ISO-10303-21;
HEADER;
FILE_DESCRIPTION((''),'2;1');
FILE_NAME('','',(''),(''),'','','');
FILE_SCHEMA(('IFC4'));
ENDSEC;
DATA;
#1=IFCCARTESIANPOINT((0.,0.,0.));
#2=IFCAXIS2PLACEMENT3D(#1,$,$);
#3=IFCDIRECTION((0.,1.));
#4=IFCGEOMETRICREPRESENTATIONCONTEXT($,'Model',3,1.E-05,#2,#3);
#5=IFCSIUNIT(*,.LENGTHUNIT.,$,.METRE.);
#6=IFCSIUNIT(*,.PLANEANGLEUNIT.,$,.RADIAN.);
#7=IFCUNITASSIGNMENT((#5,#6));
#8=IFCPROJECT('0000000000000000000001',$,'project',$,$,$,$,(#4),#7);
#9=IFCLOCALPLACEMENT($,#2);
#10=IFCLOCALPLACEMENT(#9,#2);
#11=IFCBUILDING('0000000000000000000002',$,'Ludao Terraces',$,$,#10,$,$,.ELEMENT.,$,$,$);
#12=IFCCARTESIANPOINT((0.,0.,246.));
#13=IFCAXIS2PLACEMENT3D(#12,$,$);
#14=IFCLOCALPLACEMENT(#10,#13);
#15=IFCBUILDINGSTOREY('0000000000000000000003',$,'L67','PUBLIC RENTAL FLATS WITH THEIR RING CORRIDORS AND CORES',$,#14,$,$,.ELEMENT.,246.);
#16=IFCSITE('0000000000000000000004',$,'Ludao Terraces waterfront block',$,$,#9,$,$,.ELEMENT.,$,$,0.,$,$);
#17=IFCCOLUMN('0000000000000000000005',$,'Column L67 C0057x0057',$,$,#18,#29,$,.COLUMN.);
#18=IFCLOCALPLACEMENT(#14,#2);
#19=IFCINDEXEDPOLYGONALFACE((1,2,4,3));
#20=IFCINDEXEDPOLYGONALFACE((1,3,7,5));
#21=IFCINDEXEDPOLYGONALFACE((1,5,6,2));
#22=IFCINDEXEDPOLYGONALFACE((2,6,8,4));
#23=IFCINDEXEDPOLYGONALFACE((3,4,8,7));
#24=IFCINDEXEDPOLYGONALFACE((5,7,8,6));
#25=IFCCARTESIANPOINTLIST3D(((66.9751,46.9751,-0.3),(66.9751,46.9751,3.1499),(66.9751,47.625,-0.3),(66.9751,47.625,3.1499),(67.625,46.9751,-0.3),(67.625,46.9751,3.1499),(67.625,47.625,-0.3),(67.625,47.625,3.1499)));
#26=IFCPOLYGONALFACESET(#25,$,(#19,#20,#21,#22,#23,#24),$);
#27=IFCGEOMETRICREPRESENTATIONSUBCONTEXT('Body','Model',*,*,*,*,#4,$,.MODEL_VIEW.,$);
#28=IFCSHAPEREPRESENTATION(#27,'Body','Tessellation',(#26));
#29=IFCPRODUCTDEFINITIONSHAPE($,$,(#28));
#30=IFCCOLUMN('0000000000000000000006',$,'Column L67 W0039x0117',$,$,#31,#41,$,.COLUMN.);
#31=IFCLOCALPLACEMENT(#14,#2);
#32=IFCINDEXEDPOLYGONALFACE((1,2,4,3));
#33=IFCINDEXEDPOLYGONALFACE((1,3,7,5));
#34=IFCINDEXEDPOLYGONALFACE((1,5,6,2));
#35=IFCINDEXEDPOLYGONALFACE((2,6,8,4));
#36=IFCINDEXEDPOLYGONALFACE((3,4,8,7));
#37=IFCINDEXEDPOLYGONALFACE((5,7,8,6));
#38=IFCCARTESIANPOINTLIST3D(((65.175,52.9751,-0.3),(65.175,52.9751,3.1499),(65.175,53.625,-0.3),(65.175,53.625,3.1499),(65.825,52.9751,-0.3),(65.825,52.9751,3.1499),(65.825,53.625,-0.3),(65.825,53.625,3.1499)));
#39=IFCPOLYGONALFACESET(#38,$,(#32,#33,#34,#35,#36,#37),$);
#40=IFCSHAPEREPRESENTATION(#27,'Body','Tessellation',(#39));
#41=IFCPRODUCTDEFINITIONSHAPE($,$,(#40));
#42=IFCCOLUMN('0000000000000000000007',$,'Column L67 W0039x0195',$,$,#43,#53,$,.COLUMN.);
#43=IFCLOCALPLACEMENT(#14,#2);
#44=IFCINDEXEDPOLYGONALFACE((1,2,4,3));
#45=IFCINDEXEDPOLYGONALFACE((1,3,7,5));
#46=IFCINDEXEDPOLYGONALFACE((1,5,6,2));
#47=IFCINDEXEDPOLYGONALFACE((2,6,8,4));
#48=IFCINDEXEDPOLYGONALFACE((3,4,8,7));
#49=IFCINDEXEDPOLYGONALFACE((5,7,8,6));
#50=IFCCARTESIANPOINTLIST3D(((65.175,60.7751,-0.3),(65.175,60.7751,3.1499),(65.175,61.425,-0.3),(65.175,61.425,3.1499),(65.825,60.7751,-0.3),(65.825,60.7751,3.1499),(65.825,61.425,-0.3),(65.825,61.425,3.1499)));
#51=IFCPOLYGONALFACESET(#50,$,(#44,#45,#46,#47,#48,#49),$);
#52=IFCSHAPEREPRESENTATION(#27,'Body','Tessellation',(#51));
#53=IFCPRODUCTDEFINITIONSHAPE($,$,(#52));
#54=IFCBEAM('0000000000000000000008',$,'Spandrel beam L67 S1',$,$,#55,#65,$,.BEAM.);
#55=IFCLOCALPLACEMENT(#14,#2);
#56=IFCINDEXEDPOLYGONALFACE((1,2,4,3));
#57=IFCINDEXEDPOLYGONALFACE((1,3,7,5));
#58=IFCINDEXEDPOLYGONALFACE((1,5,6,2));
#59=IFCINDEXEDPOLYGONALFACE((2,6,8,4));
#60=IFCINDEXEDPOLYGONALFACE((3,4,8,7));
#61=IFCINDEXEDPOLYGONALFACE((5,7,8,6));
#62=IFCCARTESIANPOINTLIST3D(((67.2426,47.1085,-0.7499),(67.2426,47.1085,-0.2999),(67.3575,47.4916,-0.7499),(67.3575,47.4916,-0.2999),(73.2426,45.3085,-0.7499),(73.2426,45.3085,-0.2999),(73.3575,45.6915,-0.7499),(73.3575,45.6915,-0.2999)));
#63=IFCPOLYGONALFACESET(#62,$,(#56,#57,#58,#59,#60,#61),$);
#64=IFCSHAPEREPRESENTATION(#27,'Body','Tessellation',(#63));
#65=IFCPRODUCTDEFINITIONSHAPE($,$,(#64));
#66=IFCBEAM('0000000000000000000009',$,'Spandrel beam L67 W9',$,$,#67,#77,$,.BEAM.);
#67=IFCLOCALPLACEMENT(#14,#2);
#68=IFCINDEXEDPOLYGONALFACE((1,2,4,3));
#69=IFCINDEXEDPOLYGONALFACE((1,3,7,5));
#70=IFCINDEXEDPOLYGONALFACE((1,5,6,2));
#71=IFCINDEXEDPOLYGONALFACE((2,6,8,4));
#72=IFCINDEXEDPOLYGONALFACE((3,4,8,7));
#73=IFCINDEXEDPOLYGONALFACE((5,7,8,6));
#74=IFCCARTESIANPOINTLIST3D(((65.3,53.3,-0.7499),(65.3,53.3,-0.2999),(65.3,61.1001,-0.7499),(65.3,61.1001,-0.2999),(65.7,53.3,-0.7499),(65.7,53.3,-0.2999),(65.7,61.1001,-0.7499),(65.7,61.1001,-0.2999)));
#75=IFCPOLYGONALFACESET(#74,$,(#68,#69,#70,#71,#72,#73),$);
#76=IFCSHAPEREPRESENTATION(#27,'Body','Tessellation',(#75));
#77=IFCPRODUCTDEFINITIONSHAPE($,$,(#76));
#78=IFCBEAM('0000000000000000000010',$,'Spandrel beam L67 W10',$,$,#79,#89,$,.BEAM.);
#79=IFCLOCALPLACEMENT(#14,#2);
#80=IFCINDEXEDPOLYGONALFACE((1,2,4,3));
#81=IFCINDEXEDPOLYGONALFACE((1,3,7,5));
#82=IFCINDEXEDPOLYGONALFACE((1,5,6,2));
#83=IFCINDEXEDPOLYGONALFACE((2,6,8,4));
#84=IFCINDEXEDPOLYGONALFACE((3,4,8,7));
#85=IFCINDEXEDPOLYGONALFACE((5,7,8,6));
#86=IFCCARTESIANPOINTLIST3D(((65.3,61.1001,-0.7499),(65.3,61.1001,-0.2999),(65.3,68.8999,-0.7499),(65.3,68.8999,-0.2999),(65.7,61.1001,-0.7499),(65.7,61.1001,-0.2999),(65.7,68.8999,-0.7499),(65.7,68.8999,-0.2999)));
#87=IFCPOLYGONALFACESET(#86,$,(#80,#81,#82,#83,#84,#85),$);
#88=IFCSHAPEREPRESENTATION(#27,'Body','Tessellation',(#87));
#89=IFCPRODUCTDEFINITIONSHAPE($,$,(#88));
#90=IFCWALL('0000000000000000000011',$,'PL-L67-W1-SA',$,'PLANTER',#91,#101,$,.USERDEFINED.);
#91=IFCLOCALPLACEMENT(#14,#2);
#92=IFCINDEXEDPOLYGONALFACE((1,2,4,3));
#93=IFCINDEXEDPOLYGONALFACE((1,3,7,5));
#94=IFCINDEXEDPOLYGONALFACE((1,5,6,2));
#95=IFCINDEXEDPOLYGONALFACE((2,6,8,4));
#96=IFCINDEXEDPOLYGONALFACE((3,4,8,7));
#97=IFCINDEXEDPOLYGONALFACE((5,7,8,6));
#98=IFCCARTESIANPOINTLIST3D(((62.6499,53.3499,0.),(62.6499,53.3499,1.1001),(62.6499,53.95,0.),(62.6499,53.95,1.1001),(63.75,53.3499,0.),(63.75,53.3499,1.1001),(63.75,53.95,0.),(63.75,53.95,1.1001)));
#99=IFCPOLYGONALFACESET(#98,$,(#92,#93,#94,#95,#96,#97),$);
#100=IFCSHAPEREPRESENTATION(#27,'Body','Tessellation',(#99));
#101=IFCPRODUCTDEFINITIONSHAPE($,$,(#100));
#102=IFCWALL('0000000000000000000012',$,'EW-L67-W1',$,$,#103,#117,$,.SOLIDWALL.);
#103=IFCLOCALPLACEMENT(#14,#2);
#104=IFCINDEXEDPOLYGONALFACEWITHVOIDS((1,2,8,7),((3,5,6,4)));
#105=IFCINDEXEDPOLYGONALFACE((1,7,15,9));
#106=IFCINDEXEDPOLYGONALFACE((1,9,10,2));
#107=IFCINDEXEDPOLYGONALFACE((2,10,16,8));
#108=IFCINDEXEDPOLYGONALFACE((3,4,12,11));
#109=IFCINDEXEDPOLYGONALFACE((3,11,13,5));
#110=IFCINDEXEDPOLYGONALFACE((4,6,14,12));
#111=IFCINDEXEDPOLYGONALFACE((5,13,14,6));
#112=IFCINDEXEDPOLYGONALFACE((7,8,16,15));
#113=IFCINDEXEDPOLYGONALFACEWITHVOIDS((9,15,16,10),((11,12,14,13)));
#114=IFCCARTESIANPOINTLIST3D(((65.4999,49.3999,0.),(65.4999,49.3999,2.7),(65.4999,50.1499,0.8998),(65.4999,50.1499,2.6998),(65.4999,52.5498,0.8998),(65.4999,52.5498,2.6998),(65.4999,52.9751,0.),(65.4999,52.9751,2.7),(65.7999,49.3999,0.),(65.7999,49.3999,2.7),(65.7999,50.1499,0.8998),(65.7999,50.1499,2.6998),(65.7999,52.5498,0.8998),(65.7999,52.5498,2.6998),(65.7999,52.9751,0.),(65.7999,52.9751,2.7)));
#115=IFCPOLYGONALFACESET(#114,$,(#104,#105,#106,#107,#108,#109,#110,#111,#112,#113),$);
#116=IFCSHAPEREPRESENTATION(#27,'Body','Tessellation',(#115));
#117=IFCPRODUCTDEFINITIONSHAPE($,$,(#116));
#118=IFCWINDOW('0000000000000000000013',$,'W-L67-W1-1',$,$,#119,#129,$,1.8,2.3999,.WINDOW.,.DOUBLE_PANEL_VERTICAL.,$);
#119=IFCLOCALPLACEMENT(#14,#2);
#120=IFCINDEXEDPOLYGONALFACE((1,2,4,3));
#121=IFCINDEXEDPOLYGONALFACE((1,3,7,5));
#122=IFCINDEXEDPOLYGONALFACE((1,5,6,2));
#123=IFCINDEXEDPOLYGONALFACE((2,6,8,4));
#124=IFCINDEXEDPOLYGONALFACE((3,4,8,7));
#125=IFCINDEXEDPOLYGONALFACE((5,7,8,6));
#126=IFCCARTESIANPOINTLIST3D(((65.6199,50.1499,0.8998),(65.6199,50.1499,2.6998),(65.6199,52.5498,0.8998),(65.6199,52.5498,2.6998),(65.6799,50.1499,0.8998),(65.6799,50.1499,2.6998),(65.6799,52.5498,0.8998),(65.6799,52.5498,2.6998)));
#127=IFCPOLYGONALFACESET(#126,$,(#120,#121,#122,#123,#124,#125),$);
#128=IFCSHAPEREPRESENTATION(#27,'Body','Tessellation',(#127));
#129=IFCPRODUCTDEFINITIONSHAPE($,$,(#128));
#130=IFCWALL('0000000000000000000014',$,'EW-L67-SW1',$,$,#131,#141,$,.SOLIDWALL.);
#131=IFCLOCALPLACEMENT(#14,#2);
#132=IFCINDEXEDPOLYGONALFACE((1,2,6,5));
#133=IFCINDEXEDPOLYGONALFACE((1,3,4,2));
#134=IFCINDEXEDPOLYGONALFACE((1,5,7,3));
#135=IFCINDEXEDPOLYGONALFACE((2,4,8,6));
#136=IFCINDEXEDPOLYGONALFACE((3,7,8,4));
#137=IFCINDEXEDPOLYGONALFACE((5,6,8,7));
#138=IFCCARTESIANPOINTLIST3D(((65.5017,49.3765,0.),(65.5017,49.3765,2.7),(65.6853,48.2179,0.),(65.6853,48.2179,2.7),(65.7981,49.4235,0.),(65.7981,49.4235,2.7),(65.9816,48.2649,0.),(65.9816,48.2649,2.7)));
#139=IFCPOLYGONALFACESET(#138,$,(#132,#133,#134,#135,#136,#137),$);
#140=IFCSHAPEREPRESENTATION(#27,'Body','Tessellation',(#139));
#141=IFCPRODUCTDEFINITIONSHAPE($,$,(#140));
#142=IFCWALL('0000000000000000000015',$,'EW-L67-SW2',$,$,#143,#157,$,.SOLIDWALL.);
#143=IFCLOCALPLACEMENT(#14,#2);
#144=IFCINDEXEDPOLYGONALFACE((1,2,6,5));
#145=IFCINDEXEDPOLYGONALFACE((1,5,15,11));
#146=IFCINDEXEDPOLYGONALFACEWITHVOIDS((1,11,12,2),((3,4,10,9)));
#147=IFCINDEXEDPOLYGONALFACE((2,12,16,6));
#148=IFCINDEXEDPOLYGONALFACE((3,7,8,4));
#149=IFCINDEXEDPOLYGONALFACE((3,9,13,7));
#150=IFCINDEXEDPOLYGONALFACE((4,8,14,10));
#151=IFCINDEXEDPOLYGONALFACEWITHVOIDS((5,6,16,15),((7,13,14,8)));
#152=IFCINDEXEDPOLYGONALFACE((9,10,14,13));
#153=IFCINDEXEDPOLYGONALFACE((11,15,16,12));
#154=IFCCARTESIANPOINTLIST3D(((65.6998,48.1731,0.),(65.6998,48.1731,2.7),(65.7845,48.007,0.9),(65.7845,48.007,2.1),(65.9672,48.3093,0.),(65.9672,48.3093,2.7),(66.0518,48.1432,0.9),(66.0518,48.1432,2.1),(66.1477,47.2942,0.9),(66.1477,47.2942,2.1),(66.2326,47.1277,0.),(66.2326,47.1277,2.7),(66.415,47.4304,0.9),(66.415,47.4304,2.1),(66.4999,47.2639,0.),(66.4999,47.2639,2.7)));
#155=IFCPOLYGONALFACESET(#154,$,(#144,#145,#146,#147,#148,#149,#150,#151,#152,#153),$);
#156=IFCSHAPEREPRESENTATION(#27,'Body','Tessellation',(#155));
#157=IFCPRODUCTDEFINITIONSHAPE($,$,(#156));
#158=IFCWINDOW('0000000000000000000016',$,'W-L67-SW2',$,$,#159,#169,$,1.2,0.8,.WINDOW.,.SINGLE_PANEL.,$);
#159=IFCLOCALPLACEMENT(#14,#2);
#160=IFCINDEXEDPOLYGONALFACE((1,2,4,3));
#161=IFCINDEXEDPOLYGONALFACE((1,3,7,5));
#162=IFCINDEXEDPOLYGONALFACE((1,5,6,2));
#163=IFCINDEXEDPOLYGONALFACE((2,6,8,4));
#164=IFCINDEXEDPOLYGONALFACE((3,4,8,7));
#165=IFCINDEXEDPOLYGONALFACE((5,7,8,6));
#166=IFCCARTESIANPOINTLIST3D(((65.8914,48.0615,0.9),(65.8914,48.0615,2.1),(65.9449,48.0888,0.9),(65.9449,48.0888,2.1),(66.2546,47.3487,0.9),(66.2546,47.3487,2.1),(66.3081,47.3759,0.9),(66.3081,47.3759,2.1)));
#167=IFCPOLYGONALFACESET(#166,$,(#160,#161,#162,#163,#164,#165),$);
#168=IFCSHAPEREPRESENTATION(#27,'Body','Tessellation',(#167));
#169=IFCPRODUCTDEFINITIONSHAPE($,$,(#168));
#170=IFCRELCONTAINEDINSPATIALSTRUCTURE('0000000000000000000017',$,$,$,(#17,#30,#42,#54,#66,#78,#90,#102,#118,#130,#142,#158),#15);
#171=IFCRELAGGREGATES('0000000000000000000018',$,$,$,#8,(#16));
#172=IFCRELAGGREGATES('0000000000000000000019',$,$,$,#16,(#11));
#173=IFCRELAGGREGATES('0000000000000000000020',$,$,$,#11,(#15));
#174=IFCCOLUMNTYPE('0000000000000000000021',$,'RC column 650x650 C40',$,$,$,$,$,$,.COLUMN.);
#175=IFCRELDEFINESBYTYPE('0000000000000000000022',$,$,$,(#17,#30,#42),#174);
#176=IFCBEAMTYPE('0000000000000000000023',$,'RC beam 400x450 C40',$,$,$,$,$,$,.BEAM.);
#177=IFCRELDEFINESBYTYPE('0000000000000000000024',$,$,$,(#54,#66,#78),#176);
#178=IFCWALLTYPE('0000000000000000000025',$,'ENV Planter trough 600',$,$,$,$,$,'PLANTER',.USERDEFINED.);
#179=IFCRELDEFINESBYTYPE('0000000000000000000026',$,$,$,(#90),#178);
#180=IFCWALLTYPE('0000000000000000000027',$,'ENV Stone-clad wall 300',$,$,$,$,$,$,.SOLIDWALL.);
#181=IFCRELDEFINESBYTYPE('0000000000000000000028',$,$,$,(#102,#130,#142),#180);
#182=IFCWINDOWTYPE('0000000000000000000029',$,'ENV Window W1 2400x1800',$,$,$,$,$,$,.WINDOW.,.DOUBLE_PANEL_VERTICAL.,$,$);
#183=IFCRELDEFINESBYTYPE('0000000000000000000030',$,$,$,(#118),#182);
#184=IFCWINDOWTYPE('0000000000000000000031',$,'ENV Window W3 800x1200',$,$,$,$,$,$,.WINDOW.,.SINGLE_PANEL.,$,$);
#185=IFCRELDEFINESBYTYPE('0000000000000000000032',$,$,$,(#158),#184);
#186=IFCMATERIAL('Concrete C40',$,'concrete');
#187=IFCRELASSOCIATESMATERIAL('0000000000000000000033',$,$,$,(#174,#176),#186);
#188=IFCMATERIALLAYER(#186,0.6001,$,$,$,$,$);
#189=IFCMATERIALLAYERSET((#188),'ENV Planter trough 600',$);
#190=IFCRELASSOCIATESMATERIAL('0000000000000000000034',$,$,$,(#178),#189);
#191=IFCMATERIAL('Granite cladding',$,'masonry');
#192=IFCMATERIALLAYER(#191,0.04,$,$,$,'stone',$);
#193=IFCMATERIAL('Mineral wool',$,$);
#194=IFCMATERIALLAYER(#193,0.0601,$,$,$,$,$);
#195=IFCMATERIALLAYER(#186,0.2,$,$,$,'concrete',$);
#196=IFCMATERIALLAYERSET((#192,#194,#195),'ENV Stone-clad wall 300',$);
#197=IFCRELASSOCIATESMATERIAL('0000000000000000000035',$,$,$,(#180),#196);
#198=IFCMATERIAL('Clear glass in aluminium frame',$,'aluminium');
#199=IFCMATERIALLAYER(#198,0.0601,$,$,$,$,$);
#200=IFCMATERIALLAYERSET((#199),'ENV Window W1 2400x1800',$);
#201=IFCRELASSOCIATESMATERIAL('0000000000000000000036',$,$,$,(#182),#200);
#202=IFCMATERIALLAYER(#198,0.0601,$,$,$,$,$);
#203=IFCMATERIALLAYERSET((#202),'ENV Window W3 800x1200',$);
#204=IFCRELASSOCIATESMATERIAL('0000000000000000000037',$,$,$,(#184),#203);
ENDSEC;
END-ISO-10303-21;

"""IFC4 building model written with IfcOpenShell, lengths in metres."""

from ifc_helpers import new_model, si_unit, direction, frame, frame_2d, origin, origin_2d, place, context, subcontext, project, spatial, rectangle, extrude, material, layer, layer_set, material_profile, profile_set, type_object, element, fill, save


model = new_model("IFC4")

# Units and contexts
model_context = context("Model", 3, precision=1e-05, world=origin(), true_north=direction((0.0, 1.0)))
body_context = subcontext(model_context, "Body", "Model", "MODEL_VIEW")
ifc_project = project(units=[si_unit("LENGTHUNIT", "METRE"), si_unit("PLANEANGLEUNIT", "RADIAN")], contexts=[model_context])

# Site, building, storey
site_placement = place(None, origin())
site = spatial("IfcSite", under=ifc_project, at=site_placement, Name="Ludao Terraces waterfront block", CompositionType="ELEMENT", RefElevation=0.0)
building_placement = place(site_placement, origin())
building = spatial("IfcBuilding", under=site, at=building_placement, Name="Ludao Terraces", CompositionType="ELEMENT")
storey_placement = place(building_placement, frame((0.0, 0.0, 246.0)))
storey = spatial("IfcBuildingStorey", under=building, at=storey_placement, Name="L67", Description="PUBLIC RENTAL FLATS WITH THEIR RING CORRIDORS AND CORES", CompositionType="ELEMENT", Elevation=246.0)

# Columns
ifc_material_1 = material(Name="Concrete C40", Category="concrete")
ifc_material_profile_1 = material_profile(ifc_material_1, rectangle(XDim=0.6499, YDim=0.6499, at=origin_2d()), Name="650 X 650")
ifc_profile_set_1 = profile_set([ifc_material_profile_1], Name="Concrete C40")
column_type = type_object("IfcColumnType", Name="RC column 650x650 C40", PredefinedType="COLUMN", material=ifc_profile_set_1)
for number, where, z_axis, x_axis, name in (
    (1, (67.3, 47.3, -0.3), (0.0, 0.0, 1.0), (1.0, 0.0, 0.0), "Column L67 C0057x0057"),
    (2, (65.5, 53.3, -0.3), (0.0, 0.0, 1.0), (1.0, 0.0, 0.0), "Column L67 W0039x0117"),
    (3, (65.5, 61.1001, -0.3), (0.0, 0.0, 1.0), (1.0, 0.0, 0.0), "Column L67 W0039x0195"),
):
    element("IfcColumn", number, at=place(storey_placement, frame(where, z_axis=z_axis, x_axis=x_axis)), inside=storey, type_object=column_type, Name=name, PredefinedType="COLUMN", context=body_context, shape_type="SweptSolid", body=[
        extrude(rectangle(XDim=0.6499, YDim=0.6499, at=origin_2d()), origin(), (0.0, 0.0, 1.0), 3.45),
    ])

# Beams
ifc_material_profile_2 = material_profile(ifc_material_1, rectangle(XDim=0.3999, YDim=0.45, at=origin_2d()), Name="400 X 450")
ifc_profile_set_2 = profile_set([ifc_material_profile_2], Name="Concrete C40")
beam_type = type_object("IfcBeamType", Name="RC beam 400x450 C40", PredefinedType="BEAM", material=ifc_profile_set_2)
beam_1_placement = place(storey_placement, frame((67.3, 47.3, -0.5249), z_axis=(0.957824, -0.287355, 0.0), x_axis=(0.287355, 0.957824, 0.0)))
element("IfcBeam", 4, at=beam_1_placement, inside=storey, type_object=beam_type, Name="Spandrel beam L67 S1", PredefinedType="BEAM", context=body_context, shape_type="SweptSolid", body=[
    extrude(rectangle(XDim=0.3999, YDim=0.45, at=origin_2d()), origin(), (0.0, 0.0, 1.0), 6.2642),
])
beam_2_placement = place(storey_placement, frame((65.5, 53.3, -0.5249), z_axis=(0.0, 1.0, 0.0), x_axis=(-1.0, 0.0, 0.0)))
element("IfcBeam", 5, at=beam_2_placement, inside=storey, type_object=beam_type, Name="Spandrel beam L67 W9", PredefinedType="BEAM", context=body_context, shape_type="SweptSolid", body=[
    extrude(rectangle(XDim=0.3999, YDim=0.45, at=origin_2d()), origin(), (0.0, 0.0, 1.0), 7.8),
])
beam_3_placement = place(storey_placement, frame((65.5, 61.1001, -0.5249), z_axis=(0.0, 1.0, 0.0), x_axis=(-1.0, 0.0, 0.0)))
element("IfcBeam", 6, at=beam_3_placement, inside=storey, type_object=beam_type, Name="Spandrel beam L67 W10", PredefinedType="BEAM", context=body_context, shape_type="SweptSolid", body=[
    extrude(rectangle(XDim=0.3999, YDim=0.45, at=origin_2d()), origin(), (0.0, 0.0, 1.0), 7.7998),
])

# Wall
ifc_layer_1 = layer(ifc_material_1, 0.6001)
ifc_layer_set_1 = layer_set([ifc_layer_1], Name="ENV Planter trough 600")
wall_type_1 = type_object("IfcWallType", Name="ENV Planter trough 600", ElementType="PLANTER", PredefinedType="USERDEFINED", material=ifc_layer_set_1)
wall_1_placement = place(storey_placement, frame((62.6499, 53.6499, 0.0), z_axis=(0.0, 0.0, 1.0), x_axis=(1.0, 0.0, 0.0)))
element("IfcWall", 7, at=wall_1_placement, inside=storey, type_object=wall_type_1, Name="PL-L67-W1-SA", ObjectType="PLANTER", PredefinedType="USERDEFINED", context=body_context, shape_type="SweptSolid", body=[
    extrude(rectangle(XDim=1.1001, YDim=0.6001, at=frame_2d((0.55, 0.0))), origin(), (0.0, 0.0, 1.0), 1.1001),
])

# Wall, opening, window
ifc_material_2 = material(Name="Granite cladding", Category="masonry")
ifc_layer_2 = layer(ifc_material_2, 0.04, Category="stone")
ifc_material_3 = material(Name="Mineral wool")
ifc_layer_3 = layer(ifc_material_3, 0.0601)
ifc_layer_4 = layer(ifc_material_1, 0.2, Category="concrete")
ifc_layer_set_2 = layer_set([ifc_layer_2, ifc_layer_3, ifc_layer_4], Name="ENV Stone-clad wall 300")
wall_type_2 = type_object("IfcWallType", Name="ENV Stone-clad wall 300", PredefinedType="SOLIDWALL", material=ifc_layer_set_2)
wall_2_placement = place(storey_placement, frame((65.6499, 49.3999, 0.0), z_axis=(0.0, 0.0, 1.0), x_axis=(0.0, 1.0, 0.0)))
wall_2 = element("IfcWall", 8, at=wall_2_placement, inside=storey, type_object=wall_type_2, Name="EW-L67-W1", PredefinedType="SOLIDWALL", context=body_context, shape_type="SweptSolid", body=[
    extrude(rectangle(XDim=3.5752, YDim=0.3, at=frame_2d((1.7876, 0.0))), origin(), (0.0, 0.0, 1.0), 2.7),
])
opening_1_placement = place(wall_2_placement, frame((0.75, 0.0, 0.8999)))
opening_1 = element("IfcOpeningElement", 9, at=opening_1_placement, cuts=wall_2, PredefinedType="OPENING", context=body_context, shape_type="SweptSolid", body=[
    extrude(rectangle(XDim=2.3999, YDim=1.8, at=frame_2d((1.2, 0.8999))), frame((0.0, 0.1602, 0.0), z_axis=(0.0, -1.0, 0.0), x_axis=(1.0, 0.0, 0.0)), (0.0, 0.0, 1.0), 0.3201),
])
ifc_material_4 = material(Name="Clear glass in aluminium frame", Category="aluminium")
ifc_layer_5 = layer(ifc_material_4, 0.0601)
ifc_layer_set_3 = layer_set([ifc_layer_5], Name="ENV Window W1 2400x1800")
window_type_1 = type_object("IfcWindowType", Name="ENV Window W1 2400x1800", PartitioningType="DOUBLE_PANEL_VERTICAL", PredefinedType="WINDOW", material=ifc_layer_set_3)
window_1_placement = place(opening_1_placement, origin())
window_1 = element("IfcWindow", 10, at=window_1_placement, inside=storey, type_object=window_type_1, Name="W-L67-W1-1", OverallHeight=1.8, OverallWidth=2.3999, PartitioningType="DOUBLE_PANEL_VERTICAL", PredefinedType="WINDOW", context=body_context, shape_type="SweptSolid", body=[
    extrude(rectangle(XDim=2.3999, YDim=1.8, at=frame_2d((1.2, 0.8999))), frame((0.0, 0.03, 0.0), z_axis=(0.0, -1.0, 0.0), x_axis=(1.0, 0.0, 0.0)), (0.0, 0.0, 1.0), 0.0601),
])
fill(opening_1, window_1)

# Wall
wall_3_placement = place(storey_placement, frame((65.6499, 49.3999, 0.0), z_axis=(0.0, 0.0, 1.0), x_axis=(0.156497, -0.987678, 0.0)))
element("IfcWall", 11, at=wall_3_placement, inside=storey, type_object=wall_type_2, Name="EW-L67-SW1", PredefinedType="SOLIDWALL", context=body_context, shape_type="SweptSolid", body=[
    extrude(rectangle(XDim=1.1731, YDim=0.3, at=frame_2d((0.5864, 0.0))), origin(), (0.0, 0.0, 1.0), 2.7),
])

# Wall, opening, window
wall_4_placement = place(storey_placement, frame((65.8335, 48.2412, 0.0), z_axis=(0.0, 0.0, 1.0), x_axis=(0.454026, -0.890989, 0.0)))
wall_4 = element("IfcWall", 12, at=wall_4_placement, inside=storey, type_object=wall_type_2, Name="EW-L67-SW2", PredefinedType="SOLIDWALL", context=body_context, shape_type="SweptSolid", body=[
    extrude(rectangle(XDim=1.1733, YDim=0.3, at=frame_2d((0.5867, 0.0))), origin(), (0.0, 0.0, 1.0), 2.7),
])
opening_2_placement = place(wall_4_placement, frame((0.1865, 0.0, 0.8999)))
opening_2 = element("IfcOpeningElement", 13, at=opening_2_placement, cuts=wall_4, PredefinedType="OPENING", context=body_context, shape_type="SweptSolid", body=[
    extrude(rectangle(XDim=0.8, YDim=1.2, at=frame_2d((0.3999, 0.6001))), frame((0.0, 0.1602, 0.0), z_axis=(0.0, -1.0, 0.0), x_axis=(1.0, 0.0, 0.0)), (0.0, 0.0, 1.0), 0.3201),
])
ifc_layer_6 = layer(ifc_material_4, 0.0601)
ifc_layer_set_4 = layer_set([ifc_layer_6], Name="ENV Window W3 800x1200")
window_type_2 = type_object("IfcWindowType", Name="ENV Window W3 800x1200", PartitioningType="SINGLE_PANEL", PredefinedType="WINDOW", material=ifc_layer_set_4)
window_2_placement = place(opening_2_placement, origin())
window_2 = element("IfcWindow", 14, at=window_2_placement, inside=storey, type_object=window_type_2, Name="W-L67-SW2", OverallHeight=1.2, OverallWidth=0.8, PartitioningType="SINGLE_PANEL", PredefinedType="WINDOW", context=body_context, shape_type="SweptSolid", body=[
    extrude(rectangle(XDim=0.8, YDim=1.2, at=frame_2d((0.3999, 0.6001))), frame((0.0, 0.03, 0.0), z_axis=(0.0, -1.0, 0.0), x_axis=(1.0, 0.0, 0.0)), (0.0, 0.0, 1.0), 0.0601),
])
fill(opening_2, window_2)

save(model, "model.ifc")
